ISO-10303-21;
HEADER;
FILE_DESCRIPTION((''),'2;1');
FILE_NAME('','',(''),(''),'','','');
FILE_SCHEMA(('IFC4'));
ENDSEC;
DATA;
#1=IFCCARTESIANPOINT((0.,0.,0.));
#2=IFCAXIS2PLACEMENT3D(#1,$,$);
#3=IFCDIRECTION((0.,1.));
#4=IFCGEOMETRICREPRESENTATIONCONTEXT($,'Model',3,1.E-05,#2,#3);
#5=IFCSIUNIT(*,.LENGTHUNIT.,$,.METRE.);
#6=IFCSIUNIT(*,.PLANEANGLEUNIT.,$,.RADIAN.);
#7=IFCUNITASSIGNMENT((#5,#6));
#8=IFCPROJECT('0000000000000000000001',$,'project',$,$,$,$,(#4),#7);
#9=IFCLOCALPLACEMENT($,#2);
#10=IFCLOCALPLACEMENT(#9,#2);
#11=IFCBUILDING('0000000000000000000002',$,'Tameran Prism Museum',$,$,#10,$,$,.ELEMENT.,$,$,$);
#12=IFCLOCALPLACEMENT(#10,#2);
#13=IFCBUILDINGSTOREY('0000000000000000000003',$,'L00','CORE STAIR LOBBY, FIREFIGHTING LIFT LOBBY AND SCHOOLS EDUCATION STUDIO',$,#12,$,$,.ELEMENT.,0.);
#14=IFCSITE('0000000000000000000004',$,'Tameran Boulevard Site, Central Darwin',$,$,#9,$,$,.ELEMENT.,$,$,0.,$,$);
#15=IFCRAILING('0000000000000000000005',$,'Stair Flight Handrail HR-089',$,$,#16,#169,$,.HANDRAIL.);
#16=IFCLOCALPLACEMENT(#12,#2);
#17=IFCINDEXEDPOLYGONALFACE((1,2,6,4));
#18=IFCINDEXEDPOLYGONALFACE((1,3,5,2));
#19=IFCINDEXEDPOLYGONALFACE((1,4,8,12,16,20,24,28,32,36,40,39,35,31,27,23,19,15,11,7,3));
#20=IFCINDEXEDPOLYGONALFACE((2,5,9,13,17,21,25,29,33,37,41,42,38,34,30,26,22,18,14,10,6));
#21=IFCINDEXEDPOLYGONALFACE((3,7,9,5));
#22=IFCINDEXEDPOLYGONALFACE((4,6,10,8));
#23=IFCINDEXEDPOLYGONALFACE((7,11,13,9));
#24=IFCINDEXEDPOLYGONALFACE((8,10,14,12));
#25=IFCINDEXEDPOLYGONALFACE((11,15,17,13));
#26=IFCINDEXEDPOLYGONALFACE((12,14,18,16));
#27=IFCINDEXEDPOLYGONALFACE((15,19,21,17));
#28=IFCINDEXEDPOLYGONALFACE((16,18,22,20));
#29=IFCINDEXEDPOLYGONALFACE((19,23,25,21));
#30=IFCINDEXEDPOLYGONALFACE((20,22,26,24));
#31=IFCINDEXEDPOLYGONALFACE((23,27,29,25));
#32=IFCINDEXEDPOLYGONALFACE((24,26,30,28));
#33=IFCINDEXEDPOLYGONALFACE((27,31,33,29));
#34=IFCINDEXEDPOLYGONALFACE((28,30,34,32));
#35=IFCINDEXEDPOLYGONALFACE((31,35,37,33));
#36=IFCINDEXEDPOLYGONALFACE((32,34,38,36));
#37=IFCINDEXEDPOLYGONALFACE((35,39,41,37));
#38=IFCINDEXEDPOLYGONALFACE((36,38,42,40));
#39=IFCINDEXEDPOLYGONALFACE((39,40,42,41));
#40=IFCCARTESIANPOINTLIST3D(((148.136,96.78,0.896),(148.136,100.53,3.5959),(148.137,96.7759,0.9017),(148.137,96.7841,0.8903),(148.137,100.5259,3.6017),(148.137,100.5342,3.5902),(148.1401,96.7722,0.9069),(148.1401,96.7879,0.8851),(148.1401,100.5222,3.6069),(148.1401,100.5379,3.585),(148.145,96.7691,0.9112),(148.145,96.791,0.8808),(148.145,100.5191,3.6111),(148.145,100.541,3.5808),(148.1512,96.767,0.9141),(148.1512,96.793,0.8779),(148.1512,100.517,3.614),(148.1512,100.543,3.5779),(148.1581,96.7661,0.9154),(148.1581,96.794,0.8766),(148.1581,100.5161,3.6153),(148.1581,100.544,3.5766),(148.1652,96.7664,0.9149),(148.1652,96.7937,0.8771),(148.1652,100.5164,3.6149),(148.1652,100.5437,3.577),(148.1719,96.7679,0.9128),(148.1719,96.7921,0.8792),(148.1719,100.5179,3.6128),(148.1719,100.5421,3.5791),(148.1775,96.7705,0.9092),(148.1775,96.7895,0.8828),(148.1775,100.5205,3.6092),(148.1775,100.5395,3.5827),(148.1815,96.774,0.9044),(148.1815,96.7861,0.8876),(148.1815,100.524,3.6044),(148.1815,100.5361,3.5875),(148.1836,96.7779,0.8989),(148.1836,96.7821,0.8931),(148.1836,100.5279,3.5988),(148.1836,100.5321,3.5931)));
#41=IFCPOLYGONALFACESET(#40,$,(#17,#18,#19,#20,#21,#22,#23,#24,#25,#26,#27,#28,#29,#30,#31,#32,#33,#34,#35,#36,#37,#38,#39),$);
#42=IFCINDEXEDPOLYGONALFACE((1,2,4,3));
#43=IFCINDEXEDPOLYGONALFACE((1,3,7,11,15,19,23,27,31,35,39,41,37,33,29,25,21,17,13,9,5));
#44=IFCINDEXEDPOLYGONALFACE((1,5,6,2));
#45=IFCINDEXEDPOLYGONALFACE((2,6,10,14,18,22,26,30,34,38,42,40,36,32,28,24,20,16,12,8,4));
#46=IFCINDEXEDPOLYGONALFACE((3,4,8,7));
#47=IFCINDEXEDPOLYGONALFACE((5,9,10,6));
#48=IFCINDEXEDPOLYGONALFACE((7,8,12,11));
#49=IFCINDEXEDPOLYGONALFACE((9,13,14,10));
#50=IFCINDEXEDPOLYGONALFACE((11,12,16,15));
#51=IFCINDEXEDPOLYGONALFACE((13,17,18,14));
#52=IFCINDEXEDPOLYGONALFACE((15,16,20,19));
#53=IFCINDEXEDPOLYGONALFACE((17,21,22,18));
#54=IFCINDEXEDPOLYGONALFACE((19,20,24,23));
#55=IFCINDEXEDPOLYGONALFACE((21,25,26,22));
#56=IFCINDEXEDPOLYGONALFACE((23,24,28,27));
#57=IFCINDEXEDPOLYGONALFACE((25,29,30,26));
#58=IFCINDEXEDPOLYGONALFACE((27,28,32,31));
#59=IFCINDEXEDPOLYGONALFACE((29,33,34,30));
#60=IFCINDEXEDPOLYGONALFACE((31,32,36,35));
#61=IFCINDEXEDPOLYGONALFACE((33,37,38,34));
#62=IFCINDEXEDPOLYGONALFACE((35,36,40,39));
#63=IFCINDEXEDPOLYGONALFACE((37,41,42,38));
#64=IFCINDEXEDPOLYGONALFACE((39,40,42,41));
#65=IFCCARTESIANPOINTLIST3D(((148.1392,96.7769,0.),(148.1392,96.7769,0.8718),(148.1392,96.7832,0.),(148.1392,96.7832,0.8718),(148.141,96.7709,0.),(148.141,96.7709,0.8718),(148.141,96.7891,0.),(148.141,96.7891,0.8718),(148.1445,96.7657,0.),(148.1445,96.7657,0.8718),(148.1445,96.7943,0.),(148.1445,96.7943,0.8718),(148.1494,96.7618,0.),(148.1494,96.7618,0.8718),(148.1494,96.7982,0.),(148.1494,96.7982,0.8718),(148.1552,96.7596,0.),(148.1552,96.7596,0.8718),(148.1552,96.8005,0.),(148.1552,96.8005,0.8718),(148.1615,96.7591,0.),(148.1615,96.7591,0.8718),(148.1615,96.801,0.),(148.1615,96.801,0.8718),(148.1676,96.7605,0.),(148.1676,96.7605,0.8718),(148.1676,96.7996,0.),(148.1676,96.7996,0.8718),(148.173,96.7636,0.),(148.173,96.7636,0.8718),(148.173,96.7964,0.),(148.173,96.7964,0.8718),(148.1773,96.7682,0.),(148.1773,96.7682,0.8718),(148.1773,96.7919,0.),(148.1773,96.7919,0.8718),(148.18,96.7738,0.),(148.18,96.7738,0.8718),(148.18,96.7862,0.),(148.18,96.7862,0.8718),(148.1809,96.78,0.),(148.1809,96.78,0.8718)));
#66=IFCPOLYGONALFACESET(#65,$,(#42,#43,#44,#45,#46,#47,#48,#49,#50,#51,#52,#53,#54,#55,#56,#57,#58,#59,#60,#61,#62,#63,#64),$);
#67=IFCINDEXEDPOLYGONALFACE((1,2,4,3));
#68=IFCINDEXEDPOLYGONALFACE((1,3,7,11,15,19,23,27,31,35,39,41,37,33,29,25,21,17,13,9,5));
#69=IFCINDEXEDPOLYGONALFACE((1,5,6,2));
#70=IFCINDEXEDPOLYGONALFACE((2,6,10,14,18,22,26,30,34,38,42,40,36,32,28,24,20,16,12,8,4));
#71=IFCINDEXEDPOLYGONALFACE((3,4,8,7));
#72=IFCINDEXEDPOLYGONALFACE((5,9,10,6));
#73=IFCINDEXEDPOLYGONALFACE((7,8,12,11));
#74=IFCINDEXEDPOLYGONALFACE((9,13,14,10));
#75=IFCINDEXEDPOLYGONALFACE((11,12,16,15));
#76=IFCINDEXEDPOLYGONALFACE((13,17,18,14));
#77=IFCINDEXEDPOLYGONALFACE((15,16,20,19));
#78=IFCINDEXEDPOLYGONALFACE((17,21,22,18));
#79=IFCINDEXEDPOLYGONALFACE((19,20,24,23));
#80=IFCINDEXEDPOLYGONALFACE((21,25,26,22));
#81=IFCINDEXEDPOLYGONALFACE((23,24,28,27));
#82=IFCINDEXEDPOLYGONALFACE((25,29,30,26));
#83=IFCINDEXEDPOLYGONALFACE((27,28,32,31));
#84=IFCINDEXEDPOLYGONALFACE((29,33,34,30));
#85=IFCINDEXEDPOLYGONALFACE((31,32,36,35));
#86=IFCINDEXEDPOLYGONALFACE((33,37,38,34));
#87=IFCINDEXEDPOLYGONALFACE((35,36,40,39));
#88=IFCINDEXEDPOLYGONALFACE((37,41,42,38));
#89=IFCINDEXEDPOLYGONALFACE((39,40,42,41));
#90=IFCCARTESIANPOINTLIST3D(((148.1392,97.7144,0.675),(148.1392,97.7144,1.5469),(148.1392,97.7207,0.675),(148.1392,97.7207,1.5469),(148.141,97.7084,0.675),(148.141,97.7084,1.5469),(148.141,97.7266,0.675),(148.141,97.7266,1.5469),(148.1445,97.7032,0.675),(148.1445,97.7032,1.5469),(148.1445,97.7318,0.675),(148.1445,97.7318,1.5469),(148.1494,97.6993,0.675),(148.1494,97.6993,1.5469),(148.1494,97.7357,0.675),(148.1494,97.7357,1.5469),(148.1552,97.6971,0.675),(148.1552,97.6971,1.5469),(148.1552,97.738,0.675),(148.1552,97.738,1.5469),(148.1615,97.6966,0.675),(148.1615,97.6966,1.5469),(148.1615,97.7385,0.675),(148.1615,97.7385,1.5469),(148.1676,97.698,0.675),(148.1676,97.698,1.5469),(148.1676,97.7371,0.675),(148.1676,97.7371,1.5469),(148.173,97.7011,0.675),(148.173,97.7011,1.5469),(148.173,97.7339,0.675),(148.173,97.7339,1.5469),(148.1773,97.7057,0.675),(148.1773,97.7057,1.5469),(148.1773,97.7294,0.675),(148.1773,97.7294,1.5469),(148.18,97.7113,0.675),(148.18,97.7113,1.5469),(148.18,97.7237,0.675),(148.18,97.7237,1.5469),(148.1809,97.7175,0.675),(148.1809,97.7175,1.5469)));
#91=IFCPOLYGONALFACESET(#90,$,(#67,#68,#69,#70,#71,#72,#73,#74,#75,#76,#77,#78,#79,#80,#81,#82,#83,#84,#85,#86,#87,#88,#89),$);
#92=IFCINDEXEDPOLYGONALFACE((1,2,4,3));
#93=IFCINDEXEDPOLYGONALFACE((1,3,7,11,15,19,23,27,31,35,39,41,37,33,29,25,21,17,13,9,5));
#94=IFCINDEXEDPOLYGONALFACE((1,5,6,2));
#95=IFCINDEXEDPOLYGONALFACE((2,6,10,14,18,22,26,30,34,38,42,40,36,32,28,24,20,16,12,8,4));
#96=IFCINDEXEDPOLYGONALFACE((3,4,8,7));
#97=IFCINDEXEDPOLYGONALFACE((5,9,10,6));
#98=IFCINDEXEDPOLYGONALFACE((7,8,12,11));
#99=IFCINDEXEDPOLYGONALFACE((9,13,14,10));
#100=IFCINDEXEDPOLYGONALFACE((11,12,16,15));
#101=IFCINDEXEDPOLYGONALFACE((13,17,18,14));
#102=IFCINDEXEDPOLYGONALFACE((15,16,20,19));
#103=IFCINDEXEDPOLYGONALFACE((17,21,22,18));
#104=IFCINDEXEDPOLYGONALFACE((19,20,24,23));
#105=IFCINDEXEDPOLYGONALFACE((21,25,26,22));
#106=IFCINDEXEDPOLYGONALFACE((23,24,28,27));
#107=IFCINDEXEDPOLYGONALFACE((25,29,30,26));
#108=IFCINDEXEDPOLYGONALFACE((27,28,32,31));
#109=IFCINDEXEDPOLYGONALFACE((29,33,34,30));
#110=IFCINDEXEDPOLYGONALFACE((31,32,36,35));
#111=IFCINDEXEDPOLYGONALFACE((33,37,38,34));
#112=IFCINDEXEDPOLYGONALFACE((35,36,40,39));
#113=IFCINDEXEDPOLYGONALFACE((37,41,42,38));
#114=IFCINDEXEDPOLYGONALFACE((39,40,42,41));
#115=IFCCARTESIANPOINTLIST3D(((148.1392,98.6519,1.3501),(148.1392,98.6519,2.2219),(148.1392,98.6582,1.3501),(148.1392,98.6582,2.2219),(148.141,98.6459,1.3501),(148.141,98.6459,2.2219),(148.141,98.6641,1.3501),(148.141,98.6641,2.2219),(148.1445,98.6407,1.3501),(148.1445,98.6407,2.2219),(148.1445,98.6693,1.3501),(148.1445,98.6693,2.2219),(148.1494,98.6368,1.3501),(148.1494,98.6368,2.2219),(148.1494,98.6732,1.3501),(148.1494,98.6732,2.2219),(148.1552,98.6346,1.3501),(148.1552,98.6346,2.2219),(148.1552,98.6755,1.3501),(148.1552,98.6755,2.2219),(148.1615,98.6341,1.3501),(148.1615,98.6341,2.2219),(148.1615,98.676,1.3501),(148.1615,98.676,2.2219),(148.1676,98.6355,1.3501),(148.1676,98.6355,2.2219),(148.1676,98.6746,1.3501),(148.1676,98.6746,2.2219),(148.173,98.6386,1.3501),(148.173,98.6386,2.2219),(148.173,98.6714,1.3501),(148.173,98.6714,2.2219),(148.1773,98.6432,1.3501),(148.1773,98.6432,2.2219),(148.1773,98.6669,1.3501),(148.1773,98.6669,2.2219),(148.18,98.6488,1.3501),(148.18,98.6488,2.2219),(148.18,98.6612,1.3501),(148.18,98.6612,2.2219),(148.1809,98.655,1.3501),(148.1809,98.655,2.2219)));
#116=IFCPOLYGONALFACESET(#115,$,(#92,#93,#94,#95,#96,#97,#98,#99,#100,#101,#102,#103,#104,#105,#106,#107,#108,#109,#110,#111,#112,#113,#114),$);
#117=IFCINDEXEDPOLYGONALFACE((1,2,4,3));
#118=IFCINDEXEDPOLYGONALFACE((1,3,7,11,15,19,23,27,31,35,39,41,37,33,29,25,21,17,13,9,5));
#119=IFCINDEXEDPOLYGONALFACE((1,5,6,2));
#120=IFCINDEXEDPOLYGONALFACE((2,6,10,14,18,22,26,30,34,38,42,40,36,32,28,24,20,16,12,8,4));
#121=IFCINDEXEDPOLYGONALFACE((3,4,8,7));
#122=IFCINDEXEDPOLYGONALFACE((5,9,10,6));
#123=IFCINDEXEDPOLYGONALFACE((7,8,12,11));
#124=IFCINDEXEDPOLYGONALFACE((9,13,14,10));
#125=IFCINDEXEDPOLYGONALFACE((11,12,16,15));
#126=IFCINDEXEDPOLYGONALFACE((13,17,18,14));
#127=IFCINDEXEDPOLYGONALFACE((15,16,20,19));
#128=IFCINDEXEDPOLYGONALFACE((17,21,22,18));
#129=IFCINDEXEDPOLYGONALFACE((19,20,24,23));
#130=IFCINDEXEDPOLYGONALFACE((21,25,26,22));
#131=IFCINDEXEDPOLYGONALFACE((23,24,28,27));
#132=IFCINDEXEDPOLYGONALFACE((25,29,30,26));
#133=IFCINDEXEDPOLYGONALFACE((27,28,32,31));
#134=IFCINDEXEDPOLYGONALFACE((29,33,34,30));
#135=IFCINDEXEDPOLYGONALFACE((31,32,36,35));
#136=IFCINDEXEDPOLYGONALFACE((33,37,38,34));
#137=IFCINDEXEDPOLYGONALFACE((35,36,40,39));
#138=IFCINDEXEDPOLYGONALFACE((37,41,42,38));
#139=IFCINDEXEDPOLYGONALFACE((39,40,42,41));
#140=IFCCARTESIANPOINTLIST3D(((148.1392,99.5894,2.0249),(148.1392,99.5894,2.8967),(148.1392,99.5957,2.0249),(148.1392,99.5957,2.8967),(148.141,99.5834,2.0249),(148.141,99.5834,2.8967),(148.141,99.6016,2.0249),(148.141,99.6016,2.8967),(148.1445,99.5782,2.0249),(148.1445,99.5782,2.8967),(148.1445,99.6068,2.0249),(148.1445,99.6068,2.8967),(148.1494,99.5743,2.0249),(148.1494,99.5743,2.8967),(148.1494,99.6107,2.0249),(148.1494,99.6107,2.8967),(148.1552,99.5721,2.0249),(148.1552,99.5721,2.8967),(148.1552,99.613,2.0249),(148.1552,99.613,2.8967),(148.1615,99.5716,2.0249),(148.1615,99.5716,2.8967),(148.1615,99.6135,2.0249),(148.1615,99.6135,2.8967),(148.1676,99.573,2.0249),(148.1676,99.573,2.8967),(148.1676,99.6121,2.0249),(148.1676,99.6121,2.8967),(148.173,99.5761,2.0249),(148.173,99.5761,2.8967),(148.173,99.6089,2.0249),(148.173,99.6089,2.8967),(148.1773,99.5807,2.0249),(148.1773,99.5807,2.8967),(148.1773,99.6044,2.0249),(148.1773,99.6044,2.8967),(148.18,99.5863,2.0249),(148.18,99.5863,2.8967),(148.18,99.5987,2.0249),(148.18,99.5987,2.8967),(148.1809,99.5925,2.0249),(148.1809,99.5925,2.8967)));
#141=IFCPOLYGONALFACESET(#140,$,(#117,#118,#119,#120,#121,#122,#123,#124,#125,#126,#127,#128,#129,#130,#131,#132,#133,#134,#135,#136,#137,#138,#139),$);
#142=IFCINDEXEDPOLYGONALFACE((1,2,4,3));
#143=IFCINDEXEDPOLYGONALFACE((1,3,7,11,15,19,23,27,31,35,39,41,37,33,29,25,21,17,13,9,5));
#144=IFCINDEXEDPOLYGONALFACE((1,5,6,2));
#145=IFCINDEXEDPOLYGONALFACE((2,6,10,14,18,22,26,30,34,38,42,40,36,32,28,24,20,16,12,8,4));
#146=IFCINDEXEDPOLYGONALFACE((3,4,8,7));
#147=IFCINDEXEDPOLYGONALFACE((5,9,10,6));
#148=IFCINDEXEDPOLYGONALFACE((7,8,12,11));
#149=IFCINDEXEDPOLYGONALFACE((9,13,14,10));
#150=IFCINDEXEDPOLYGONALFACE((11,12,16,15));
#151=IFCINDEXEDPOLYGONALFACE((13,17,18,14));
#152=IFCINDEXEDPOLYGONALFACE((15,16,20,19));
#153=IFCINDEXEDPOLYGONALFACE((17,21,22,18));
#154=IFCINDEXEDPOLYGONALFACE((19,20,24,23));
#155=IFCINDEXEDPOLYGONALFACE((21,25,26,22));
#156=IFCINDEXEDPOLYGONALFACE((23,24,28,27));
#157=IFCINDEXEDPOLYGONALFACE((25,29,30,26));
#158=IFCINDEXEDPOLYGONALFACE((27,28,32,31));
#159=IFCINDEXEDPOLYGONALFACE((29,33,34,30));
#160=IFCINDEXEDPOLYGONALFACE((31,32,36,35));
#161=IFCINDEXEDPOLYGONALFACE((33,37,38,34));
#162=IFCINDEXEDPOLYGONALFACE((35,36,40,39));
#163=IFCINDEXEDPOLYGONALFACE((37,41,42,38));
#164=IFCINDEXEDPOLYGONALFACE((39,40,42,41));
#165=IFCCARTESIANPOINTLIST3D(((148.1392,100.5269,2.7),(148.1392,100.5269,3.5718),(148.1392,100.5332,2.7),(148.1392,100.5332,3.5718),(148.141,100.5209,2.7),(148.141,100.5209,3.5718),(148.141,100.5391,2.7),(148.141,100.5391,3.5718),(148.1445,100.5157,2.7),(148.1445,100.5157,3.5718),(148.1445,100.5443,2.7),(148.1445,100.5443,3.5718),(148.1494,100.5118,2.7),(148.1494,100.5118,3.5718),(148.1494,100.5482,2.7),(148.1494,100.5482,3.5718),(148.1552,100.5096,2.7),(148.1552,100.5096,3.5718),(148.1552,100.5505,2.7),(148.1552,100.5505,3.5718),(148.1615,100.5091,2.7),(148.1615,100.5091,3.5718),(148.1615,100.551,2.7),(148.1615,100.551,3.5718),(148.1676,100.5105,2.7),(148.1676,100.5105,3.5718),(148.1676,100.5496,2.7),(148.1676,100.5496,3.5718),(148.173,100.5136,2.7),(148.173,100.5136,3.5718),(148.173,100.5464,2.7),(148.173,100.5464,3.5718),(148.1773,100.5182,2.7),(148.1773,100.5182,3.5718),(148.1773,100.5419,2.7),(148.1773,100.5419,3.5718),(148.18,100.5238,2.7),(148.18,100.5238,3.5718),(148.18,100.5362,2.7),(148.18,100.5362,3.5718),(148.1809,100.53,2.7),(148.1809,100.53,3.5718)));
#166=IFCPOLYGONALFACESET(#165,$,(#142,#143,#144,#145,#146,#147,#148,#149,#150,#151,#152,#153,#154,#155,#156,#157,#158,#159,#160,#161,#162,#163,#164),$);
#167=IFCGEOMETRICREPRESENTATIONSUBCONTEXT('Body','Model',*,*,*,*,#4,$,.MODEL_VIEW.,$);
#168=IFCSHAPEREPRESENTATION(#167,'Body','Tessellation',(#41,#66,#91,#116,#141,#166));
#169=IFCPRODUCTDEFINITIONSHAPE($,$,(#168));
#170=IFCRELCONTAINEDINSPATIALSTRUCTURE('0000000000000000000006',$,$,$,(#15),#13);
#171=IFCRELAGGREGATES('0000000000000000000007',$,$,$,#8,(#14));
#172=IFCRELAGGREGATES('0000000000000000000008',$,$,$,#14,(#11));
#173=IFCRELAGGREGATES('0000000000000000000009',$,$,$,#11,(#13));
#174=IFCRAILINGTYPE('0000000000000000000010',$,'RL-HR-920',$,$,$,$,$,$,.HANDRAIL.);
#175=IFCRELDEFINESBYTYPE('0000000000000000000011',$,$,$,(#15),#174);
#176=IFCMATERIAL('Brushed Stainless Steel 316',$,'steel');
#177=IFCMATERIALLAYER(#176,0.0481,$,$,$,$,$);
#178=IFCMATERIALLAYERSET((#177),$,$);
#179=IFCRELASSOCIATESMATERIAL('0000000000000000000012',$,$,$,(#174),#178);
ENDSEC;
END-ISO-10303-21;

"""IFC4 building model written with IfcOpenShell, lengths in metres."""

from ifc_helpers import new_model, si_unit, direction, frame, origin, origin_2d, place, context, subcontext, project, spatial, circle, extrude, material, layer, layer_set, type_object, element, save


model = new_model("IFC4")

# Units and contexts
model_context = context("Model", 3, precision=1e-05, world=origin(), true_north=direction((0.0, 1.0)))
body_context = subcontext(model_context, "Body", "Model", "MODEL_VIEW")
ifc_project = project(units=[si_unit("LENGTHUNIT", "METRE"), si_unit("PLANEANGLEUNIT", "RADIAN")], contexts=[model_context])

# Site, building, storey
site_placement = place(None, origin())
site = spatial("IfcSite", under=ifc_project, at=site_placement, Name="Tameran Boulevard Site, Central Darwin", CompositionType="ELEMENT", RefElevation=0.0)
building_placement = place(site_placement, origin())
building = spatial("IfcBuilding", under=site, at=building_placement, Name="Tameran Prism Museum", CompositionType="ELEMENT")
storey_placement = place(building_placement, origin())
storey = spatial("IfcBuildingStorey", under=building, at=storey_placement, Name="L00", Description="CORE STAIR LOBBY, FIREFIGHTING LIFT LOBBY AND SCHOOLS EDUCATION STUDIO", CompositionType="ELEMENT", Elevation=0.0)

# Railing
ifc_material_1 = material(Name="Brushed Stainless Steel 316", Category="steel")
ifc_layer_1 = layer(ifc_material_1, 0.0481)
ifc_layer_set_1 = layer_set([ifc_layer_1])
railing_type_1 = type_object("IfcRailingType", Name="RL-HR-920", PredefinedType="HANDRAIL", material=ifc_layer_set_1)
railing_1_placement = place(storey_placement, frame((148.1599, 96.78, 0.0)))
element("IfcRailing", 1, at=railing_1_placement, inside=storey, type_object=railing_type_1, Name="Stair Flight Handrail HR-089", PredefinedType="HANDRAIL", context=body_context, shape_type="SweptSolid", body=[
    extrude(circle(Radius=0.0239, at=origin_2d()), frame((0.0, 0.0, 0.896), z_axis=(0.0, 0.811539, 0.584298), x_axis=(-1.0, 0.0, 0.0)), (0.0, 0.0, 1.0), 4.6208),
    extrude(circle(Radius=0.021, at=origin_2d()), origin(), (0.0, 0.0, 1.0), 0.8718),
    extrude(circle(Radius=0.021, at=origin_2d()), frame((0.0, 0.9375, 0.675)), (0.0, 0.0, 1.0), 0.8718),
    extrude(circle(Radius=0.021, at=origin_2d()), frame((0.0, 1.875, 1.3501)), (0.0, 0.0, 1.0), 0.8718),
    extrude(circle(Radius=0.021, at=origin_2d()), frame((0.0, 2.8125, 2.0249)), (0.0, 0.0, 1.0), 0.8718),
    extrude(circle(Radius=0.021, at=origin_2d()), frame((0.0, 3.75, 2.7)), (0.0, 0.0, 1.0), 0.8718),
])

save(model, "model.ifc")
